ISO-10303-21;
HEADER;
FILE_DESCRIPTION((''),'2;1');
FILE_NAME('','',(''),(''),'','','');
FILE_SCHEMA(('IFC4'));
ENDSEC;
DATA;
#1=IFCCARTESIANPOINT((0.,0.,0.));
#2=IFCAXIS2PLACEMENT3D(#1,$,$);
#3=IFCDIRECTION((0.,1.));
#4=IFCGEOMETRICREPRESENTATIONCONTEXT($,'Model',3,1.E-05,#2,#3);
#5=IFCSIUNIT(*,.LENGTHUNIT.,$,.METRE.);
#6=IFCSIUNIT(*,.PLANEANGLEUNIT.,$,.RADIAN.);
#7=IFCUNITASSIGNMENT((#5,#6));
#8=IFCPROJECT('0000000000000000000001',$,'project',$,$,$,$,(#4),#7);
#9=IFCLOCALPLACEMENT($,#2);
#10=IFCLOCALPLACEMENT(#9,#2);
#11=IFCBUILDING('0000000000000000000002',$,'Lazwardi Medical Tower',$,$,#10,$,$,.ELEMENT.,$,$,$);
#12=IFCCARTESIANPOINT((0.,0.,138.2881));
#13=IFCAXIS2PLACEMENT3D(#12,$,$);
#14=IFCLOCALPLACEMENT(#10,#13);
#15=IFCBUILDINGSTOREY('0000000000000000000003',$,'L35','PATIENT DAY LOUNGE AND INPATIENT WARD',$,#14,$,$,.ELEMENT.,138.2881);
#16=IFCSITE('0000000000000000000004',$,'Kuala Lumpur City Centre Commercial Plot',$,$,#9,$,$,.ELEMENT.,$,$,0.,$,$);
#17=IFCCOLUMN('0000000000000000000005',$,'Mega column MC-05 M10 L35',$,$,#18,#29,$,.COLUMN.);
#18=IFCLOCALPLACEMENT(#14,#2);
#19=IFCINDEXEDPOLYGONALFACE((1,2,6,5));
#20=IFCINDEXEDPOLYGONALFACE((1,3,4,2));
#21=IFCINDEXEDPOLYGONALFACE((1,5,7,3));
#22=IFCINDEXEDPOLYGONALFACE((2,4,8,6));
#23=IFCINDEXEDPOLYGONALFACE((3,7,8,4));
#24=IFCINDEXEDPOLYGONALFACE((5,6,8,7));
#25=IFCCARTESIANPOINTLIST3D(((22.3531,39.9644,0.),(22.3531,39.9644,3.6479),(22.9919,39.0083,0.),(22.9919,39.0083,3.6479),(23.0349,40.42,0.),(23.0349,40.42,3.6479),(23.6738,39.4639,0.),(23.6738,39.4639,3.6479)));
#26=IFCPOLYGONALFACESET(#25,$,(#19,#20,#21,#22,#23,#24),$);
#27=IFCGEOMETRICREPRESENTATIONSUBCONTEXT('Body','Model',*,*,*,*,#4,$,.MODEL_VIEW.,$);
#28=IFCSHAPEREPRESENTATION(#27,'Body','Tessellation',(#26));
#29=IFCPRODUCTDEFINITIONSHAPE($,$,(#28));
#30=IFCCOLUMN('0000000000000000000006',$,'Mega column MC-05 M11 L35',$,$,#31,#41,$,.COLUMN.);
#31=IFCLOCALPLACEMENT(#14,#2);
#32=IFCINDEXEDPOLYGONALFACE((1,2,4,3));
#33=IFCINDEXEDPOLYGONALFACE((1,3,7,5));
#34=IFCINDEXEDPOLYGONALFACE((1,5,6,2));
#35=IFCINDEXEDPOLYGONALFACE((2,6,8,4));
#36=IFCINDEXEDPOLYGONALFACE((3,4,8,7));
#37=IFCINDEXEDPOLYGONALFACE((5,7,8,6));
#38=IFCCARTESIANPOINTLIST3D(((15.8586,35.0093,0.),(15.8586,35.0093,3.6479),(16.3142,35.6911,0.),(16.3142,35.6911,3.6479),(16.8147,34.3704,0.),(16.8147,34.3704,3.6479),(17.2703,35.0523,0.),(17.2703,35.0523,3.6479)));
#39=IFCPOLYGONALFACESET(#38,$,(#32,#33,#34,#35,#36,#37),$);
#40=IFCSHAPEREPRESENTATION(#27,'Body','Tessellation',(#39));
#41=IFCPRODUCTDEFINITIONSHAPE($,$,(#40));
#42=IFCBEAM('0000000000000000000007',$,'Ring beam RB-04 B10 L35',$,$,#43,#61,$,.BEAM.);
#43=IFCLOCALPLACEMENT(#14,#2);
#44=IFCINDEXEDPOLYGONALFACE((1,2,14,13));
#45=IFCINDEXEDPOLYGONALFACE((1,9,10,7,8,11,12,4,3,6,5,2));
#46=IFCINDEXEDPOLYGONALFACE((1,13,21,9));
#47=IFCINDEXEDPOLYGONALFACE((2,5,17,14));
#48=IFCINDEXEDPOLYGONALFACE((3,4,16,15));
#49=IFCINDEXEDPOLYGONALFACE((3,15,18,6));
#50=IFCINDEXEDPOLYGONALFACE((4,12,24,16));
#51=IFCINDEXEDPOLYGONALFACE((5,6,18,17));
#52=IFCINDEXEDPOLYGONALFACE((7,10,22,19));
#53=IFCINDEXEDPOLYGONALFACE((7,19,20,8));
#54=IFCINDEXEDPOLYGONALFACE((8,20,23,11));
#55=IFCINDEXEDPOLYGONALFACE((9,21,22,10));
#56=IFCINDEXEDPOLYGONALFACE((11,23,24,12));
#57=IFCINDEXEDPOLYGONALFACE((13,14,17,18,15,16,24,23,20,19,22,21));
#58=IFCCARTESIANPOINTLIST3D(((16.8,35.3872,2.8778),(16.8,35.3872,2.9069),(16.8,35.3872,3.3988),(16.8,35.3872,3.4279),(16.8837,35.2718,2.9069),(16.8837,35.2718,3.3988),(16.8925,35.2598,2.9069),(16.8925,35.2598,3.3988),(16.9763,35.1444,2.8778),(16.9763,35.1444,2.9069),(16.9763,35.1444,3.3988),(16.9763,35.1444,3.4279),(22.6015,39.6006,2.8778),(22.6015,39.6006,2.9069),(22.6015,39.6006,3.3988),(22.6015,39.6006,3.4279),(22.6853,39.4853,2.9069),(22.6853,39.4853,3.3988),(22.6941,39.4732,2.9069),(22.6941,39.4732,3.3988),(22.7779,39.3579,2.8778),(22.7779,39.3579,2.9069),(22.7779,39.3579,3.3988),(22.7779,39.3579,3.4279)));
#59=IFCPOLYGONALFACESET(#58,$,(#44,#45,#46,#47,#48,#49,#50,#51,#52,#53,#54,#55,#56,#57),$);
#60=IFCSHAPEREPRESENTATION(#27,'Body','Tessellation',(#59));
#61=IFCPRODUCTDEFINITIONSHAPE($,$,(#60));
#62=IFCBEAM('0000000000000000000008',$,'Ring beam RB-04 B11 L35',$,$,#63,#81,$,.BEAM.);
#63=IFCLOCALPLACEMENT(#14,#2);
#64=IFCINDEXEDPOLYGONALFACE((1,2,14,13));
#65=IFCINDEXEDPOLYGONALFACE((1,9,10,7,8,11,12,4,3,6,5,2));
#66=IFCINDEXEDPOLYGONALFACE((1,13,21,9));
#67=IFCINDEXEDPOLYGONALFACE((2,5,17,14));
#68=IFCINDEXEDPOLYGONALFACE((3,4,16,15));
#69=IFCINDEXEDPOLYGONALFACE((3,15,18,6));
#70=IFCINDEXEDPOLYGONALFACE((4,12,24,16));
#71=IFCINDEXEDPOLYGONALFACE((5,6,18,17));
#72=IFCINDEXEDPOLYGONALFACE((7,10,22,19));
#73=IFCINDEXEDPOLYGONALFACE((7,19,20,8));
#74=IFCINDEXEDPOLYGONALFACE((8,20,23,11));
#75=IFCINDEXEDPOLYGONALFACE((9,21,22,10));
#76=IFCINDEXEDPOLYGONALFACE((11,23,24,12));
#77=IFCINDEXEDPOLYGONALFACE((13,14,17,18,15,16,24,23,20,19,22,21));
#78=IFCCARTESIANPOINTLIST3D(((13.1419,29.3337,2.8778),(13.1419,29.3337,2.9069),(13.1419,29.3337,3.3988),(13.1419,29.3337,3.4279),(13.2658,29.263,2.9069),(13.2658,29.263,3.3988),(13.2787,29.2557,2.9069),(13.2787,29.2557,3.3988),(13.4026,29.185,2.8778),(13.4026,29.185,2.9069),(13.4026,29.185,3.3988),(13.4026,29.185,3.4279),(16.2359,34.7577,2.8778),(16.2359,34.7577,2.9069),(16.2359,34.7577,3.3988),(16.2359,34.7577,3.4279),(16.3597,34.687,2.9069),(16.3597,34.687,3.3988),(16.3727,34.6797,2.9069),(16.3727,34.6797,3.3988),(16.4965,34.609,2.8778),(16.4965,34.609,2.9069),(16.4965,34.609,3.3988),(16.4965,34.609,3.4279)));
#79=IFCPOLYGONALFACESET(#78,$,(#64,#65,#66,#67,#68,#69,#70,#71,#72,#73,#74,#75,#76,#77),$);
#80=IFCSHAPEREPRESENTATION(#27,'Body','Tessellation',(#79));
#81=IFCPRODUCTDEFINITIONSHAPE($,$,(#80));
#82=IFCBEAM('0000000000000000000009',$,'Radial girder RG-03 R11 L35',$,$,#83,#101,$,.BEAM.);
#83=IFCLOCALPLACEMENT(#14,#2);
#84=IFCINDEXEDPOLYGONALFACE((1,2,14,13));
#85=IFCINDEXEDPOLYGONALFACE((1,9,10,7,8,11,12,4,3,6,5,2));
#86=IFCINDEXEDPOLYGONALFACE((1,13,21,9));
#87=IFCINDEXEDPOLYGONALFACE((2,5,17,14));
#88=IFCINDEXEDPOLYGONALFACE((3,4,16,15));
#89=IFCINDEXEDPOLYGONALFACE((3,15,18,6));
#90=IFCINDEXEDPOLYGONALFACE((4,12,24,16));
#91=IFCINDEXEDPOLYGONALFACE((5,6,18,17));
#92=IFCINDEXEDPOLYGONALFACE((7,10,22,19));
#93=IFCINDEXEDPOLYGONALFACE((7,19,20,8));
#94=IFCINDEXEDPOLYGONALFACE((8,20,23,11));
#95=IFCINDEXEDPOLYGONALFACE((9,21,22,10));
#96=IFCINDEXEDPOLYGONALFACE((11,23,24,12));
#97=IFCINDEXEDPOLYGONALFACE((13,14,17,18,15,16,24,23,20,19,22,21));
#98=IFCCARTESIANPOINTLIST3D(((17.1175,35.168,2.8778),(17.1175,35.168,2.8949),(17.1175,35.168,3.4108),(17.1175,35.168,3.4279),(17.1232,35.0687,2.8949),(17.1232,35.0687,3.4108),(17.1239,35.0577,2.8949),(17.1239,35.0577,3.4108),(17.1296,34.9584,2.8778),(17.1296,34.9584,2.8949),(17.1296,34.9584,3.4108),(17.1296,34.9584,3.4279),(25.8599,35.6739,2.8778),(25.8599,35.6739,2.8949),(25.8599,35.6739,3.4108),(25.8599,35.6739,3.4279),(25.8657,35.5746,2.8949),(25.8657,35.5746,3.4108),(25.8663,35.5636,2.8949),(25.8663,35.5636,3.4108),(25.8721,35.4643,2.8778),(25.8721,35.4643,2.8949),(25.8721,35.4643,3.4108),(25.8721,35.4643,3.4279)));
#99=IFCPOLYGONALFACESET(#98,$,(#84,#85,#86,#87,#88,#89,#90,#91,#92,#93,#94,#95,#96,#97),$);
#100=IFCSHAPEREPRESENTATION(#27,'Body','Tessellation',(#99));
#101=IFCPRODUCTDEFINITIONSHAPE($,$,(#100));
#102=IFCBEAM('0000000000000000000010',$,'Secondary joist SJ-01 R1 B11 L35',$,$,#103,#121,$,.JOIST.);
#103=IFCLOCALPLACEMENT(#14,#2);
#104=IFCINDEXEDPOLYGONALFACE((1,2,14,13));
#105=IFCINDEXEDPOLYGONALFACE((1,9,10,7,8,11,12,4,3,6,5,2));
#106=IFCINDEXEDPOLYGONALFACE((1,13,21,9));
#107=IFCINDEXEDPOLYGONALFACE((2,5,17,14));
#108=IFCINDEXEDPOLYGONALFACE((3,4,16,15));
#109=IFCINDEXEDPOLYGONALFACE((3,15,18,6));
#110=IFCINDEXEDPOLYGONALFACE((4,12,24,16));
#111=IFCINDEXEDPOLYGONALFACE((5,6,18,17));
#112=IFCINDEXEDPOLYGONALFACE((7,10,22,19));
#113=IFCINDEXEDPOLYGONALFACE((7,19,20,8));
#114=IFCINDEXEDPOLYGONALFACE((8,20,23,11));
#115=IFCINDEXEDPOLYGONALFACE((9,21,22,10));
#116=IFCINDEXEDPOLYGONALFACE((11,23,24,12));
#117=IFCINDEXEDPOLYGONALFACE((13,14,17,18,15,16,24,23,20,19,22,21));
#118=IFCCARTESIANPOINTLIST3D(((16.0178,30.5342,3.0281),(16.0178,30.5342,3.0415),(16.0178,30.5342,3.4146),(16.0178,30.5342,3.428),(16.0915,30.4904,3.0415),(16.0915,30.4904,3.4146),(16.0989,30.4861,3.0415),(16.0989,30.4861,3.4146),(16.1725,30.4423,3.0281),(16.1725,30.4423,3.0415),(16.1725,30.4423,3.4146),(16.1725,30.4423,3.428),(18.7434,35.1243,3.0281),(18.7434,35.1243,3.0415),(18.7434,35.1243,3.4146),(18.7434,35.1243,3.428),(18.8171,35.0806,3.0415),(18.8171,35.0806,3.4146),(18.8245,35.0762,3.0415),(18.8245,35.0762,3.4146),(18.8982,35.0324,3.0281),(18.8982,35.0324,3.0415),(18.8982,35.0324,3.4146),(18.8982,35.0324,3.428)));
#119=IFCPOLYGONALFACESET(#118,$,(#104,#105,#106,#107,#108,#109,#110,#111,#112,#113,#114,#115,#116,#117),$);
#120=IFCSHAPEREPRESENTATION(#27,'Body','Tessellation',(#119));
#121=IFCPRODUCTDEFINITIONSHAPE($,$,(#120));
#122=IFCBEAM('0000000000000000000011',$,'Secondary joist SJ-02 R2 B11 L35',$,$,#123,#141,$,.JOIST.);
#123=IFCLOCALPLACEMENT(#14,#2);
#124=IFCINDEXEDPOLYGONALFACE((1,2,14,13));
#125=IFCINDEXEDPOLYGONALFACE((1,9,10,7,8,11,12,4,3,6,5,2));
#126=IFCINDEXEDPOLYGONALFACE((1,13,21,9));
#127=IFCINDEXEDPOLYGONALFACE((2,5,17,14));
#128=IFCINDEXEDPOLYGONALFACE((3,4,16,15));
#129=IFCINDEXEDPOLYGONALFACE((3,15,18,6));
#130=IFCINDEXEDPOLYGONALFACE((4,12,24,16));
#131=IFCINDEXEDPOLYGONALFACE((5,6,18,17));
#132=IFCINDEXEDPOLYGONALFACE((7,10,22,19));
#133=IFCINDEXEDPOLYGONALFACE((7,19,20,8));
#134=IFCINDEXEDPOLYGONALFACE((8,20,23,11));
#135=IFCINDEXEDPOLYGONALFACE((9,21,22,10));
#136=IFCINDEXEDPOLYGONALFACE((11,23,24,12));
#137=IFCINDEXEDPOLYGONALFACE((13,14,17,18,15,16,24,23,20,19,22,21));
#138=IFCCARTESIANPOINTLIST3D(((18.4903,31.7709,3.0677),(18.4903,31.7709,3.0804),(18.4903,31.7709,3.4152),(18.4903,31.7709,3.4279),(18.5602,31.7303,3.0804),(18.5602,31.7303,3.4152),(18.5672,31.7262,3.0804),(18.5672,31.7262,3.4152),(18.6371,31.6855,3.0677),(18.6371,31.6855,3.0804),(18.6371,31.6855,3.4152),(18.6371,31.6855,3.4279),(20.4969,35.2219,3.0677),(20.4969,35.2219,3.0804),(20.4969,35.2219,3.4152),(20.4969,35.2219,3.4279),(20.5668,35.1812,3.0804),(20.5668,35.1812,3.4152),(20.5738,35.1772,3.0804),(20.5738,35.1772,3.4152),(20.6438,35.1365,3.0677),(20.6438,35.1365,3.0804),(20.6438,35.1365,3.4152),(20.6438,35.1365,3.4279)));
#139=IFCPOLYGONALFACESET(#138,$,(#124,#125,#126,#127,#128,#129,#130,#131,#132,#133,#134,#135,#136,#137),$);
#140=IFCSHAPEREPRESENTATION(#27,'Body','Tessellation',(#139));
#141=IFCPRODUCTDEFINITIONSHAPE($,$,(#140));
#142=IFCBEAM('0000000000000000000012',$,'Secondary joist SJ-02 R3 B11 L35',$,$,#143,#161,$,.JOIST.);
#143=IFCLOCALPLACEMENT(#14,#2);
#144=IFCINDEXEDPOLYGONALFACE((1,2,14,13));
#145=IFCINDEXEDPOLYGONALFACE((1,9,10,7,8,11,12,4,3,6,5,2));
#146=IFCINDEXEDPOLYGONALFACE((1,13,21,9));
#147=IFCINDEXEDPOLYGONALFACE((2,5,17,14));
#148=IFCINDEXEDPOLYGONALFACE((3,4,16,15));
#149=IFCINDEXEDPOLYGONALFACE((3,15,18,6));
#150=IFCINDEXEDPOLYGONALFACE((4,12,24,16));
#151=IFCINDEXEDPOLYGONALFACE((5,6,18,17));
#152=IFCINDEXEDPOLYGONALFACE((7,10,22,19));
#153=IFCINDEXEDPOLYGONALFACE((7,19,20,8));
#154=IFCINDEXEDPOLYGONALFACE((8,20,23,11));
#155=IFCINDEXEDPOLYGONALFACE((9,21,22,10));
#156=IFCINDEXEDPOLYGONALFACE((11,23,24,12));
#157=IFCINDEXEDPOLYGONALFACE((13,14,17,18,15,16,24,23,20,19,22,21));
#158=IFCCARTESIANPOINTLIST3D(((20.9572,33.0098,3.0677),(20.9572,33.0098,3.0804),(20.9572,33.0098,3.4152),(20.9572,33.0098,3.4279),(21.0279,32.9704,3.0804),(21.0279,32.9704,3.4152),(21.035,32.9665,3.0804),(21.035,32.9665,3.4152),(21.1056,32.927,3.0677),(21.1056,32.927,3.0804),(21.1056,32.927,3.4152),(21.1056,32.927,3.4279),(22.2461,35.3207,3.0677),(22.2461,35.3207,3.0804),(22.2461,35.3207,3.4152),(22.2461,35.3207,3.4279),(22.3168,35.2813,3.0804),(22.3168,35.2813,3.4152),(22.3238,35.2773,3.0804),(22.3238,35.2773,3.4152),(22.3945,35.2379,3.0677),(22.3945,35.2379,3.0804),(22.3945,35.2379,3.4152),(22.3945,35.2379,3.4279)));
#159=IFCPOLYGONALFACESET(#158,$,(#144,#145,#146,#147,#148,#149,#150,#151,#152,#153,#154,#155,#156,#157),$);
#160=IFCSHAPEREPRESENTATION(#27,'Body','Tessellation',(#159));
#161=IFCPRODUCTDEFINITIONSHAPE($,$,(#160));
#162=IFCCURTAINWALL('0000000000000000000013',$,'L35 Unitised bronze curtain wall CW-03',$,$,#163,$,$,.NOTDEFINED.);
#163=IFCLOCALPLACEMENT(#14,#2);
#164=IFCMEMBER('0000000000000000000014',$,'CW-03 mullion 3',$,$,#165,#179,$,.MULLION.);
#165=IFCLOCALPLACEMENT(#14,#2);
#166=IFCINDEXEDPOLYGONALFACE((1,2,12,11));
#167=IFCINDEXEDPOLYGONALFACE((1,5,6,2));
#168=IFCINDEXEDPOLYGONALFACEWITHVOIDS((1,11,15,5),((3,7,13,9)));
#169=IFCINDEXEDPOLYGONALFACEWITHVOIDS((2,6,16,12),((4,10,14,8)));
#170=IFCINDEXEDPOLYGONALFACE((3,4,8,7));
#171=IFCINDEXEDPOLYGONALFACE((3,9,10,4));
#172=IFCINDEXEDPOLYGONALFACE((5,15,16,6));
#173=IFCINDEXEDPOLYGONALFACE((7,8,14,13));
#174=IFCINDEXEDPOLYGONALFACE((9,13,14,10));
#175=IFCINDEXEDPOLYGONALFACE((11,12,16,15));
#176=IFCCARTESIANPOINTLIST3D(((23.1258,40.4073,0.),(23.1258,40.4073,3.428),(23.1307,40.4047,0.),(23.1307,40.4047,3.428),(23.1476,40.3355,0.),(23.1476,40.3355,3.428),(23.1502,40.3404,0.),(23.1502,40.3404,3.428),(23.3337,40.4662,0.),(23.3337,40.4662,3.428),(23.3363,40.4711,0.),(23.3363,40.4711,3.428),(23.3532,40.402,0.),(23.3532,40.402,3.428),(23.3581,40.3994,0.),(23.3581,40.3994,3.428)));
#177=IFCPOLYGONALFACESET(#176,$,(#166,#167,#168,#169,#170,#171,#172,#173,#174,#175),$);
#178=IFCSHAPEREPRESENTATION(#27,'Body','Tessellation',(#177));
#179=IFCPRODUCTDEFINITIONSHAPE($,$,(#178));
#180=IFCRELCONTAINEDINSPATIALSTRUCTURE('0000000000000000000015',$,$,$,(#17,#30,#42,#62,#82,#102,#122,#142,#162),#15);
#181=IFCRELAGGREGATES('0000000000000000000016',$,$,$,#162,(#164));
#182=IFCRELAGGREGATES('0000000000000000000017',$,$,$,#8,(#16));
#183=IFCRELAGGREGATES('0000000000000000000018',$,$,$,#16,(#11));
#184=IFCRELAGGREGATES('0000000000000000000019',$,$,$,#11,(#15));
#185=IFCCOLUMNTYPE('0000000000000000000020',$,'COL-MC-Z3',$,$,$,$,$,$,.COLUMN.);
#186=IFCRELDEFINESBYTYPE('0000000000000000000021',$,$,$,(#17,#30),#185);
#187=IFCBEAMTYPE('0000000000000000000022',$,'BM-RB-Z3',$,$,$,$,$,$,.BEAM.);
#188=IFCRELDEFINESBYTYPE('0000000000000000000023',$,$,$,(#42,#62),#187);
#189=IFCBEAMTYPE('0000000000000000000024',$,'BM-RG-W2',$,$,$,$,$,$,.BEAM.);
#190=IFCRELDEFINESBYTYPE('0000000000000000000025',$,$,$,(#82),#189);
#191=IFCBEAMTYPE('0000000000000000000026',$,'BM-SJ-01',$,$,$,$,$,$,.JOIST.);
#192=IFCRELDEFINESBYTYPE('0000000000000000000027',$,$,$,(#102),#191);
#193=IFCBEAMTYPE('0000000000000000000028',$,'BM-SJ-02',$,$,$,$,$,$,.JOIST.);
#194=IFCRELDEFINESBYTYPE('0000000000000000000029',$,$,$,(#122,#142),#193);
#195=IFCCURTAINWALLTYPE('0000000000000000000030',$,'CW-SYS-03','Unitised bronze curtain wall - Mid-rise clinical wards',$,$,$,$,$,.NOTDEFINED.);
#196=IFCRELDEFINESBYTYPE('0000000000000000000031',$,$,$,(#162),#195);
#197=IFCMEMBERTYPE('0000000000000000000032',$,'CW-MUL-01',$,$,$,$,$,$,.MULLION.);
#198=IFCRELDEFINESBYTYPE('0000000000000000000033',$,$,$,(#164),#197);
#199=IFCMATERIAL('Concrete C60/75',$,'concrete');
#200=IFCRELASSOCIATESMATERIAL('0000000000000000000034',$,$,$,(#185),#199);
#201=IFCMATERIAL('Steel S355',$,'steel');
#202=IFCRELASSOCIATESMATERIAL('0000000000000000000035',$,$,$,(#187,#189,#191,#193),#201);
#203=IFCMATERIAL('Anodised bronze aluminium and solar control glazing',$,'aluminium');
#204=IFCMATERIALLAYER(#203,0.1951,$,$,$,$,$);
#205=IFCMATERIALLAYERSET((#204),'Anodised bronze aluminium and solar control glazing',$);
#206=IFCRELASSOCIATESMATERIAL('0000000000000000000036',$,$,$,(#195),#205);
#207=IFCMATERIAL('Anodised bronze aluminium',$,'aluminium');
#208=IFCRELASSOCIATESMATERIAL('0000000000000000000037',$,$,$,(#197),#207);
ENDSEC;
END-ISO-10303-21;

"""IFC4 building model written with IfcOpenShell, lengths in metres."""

from ifc_helpers import new_model, si_unit, direction, frame, origin, origin_2d, place, context, subcontext, project, spatial, rectangle, hollow_rectangle, i_section, extrude, material, layer, layer_set, material_profile, profile_set, type_object, element, aggregate, save


model = new_model("IFC4")

# Units and contexts
model_context = context("Model", 3, precision=1e-05, world=origin(), true_north=direction((0.0, 1.0)))
body_context = subcontext(model_context, "Body", "Model", "MODEL_VIEW")
ifc_project = project(units=[si_unit("LENGTHUNIT", "METRE"), si_unit("PLANEANGLEUNIT", "RADIAN")], contexts=[model_context])

# Site, building, storey
site_placement = place(None, origin())
site = spatial("IfcSite", under=ifc_project, at=site_placement, Name="Kuala Lumpur City Centre Commercial Plot", CompositionType="ELEMENT", RefElevation=0.0)
building_placement = place(site_placement, origin())
building = spatial("IfcBuilding", under=site, at=building_placement, Name="Lazwardi Medical Tower", CompositionType="ELEMENT")
storey_placement = place(building_placement, frame((0.0, 0.0, 138.2881)))
storey = spatial("IfcBuildingStorey", under=building, at=storey_placement, Name="L35", Description="PATIENT DAY LOUNGE AND INPATIENT WARD", CompositionType="ELEMENT", Elevation=138.2881)

# Columns
ifc_material_1 = material(Name="Concrete C60/75", Category="concrete")
ifc_material_profile_1 = material_profile(ifc_material_1, rectangle(XDim=1.1499, YDim=0.8201, at=origin_2d()), Name="CFT-RECT 1150x820")
ifc_profile_set_1 = profile_set([ifc_material_profile_1], Name="Concrete C60/75")
column_type = type_object("IfcColumnType", Name="COL-MC-Z3", PredefinedType="COLUMN", material=ifc_profile_set_1)
for number, where, z_axis, x_axis, name in (
    (1, (23.0134, 39.7141, 0.0), (0.0, 0.0, 1.0), (-0.55557, 0.83147, 0.0), "Mega column MC-05 M10 L35"),
    (2, (16.5645, 35.0308, 0.0), (0.0, 0.0, 1.0), (-0.83147, 0.55557, 0.0), "Mega column MC-05 M11 L35"),
):
    element("IfcColumn", number, at=place(storey_placement, frame(where, z_axis=z_axis, x_axis=x_axis)), inside=storey, type_object=column_type, Name=name, PredefinedType="COLUMN", context=body_context, shape_type="SweptSolid", body=[
        extrude(rectangle(XDim=1.1499, YDim=0.8201, at=origin_2d()), origin(), (0.0, 0.0, 1.0), 3.6479),
    ])

# Beams
ifc_material_2 = material(Name="Steel S355", Category="steel")
ifc_material_profile_2 = material_profile(ifc_material_2, i_section(OverallWidth=0.3, OverallDepth=0.55, WebThickness=0.0149, FlangeThickness=0.0291, at=origin_2d()), Name="HEB 550")
ifc_profile_set_2 = profile_set([ifc_material_profile_2], Name="Steel S355")
beam_type_1 = type_object("IfcBeamType", Name="BM-RB-Z3", PredefinedType="BEAM", material=ifc_profile_set_2)
beam_1_placement = place(storey_placement, frame((22.6897, 39.4792, 3.1528), z_axis=(-0.809128, -0.587633, 0.0), x_axis=(0.587633, -0.809128, 0.0)))
element("IfcBeam", 3, at=beam_1_placement, inside=storey, type_object=beam_type_1, Name="Ring beam RB-04 B10 L35", PredefinedType="BEAM", context=body_context, shape_type="SweptSolid", body=[
    extrude(i_section(OverallWidth=0.3, OverallDepth=0.55, WebThickness=0.0149, FlangeThickness=0.0291, at=origin_2d()), origin(), (0.0, 0.0, 1.0), 7.1702),
])
beam_2_placement = place(storey_placement, frame((16.3662, 34.6833, 3.1528), z_axis=(-0.495478, -0.868621, 0.0), x_axis=(0.868621, -0.495478, 0.0)))
element("IfcBeam", 4, at=beam_2_placement, inside=storey, type_object=beam_type_1, Name="Ring beam RB-04 B11 L35", PredefinedType="BEAM", context=body_context, shape_type="SweptSolid", body=[
    extrude(i_section(OverallWidth=0.3, OverallDepth=0.55, WebThickness=0.0149, FlangeThickness=0.0291, at=origin_2d()), origin(), (0.0, 0.0, 1.0), 6.2444),
])
ifc_material_profile_3 = material_profile(ifc_material_2, i_section(OverallWidth=0.21, OverallDepth=0.55, WebThickness=0.011, FlangeThickness=0.0171, at=origin_2d()), Name="IPE 550")
ifc_profile_set_3 = profile_set([ifc_material_profile_3], Name="Steel S355")
beam_type_2 = type_object("IfcBeamType", Name="BM-RG-W2", PredefinedType="BEAM", material=ifc_profile_set_3)
beam_3_placement = place(storey_placement, frame((17.1235, 35.0632, 3.1528), z_axis=(0.99833, 0.057766, 0.0), x_axis=(-0.057766, 0.99833, 0.0)))
element("IfcBeam", 5, at=beam_3_placement, inside=storey, type_object=beam_type_2, Name="Radial girder RG-03 R11 L35", PredefinedType="BEAM", context=body_context, shape_type="SweptSolid", body=[
    extrude(i_section(OverallWidth=0.21, OverallDepth=0.55, WebThickness=0.011, FlangeThickness=0.0171, at=origin_2d()), origin(), (0.0, 0.0, 1.0), 8.7571),
])
ifc_material_profile_4 = material_profile(ifc_material_2, i_section(OverallWidth=0.1799, OverallDepth=0.3999, WebThickness=0.0085, FlangeThickness=0.0134, at=origin_2d()), Name="IPE 400")
ifc_profile_set_4 = profile_set([ifc_material_profile_4], Name="Steel S355")
beam_type_3 = type_object("IfcBeamType", Name="BM-SJ-01", PredefinedType="JOIST", material=ifc_profile_set_4)
beam_4_placement = place(storey_placement, frame((18.8208, 35.0784, 3.228), z_axis=(-0.510569, -0.859837, 0.0), x_axis=(0.859837, -0.510569, 0.0)))
element("IfcBeam", 6, at=beam_4_placement, inside=storey, type_object=beam_type_3, Name="Secondary joist SJ-01 R1 B11 L35", PredefinedType="JOIST", context=body_context, shape_type="SweptSolid", body=[
    extrude(i_section(OverallWidth=0.1799, OverallDepth=0.3999, WebThickness=0.0085, FlangeThickness=0.0134, at=origin_2d()), origin(), (0.0, 0.0, 1.0), 5.3384),
])
ifc_material_profile_5 = material_profile(ifc_material_2, i_section(OverallWidth=0.1699, OverallDepth=0.3601, WebThickness=0.0081, FlangeThickness=0.0127, at=origin_2d()), Name="IPE 360")
ifc_profile_set_5 = profile_set([ifc_material_profile_5], Name="Steel S355")
beam_type_4 = type_object("IfcBeamType", Name="BM-SJ-02", PredefinedType="JOIST", material=ifc_profile_set_5)
beam_5_placement = place(storey_placement, frame((20.5703, 35.1792, 3.2478), z_axis=(-0.502665, -0.864481, 0.0), x_axis=(0.864481, -0.502665, 0.0)))
element("IfcBeam", 7, at=beam_5_placement, inside=storey, type_object=beam_type_4, Name="Secondary joist SJ-02 R2 B11 L35", PredefinedType="JOIST", context=body_context, shape_type="SweptSolid", body=[
    extrude(i_section(OverallWidth=0.1699, OverallDepth=0.3601, WebThickness=0.0081, FlangeThickness=0.0127, at=origin_2d()), origin(), (0.0, 0.0, 1.0), 3.9919),
])
beam_6_placement = place(storey_placement, frame((22.3203, 35.2793, 3.2478), z_axis=(-0.487099, -0.873347, 0.0), x_axis=(0.873347, -0.487099, 0.0)))
element("IfcBeam", 8, at=beam_6_placement, inside=storey, type_object=beam_type_4, Name="Secondary joist SJ-02 R3 B11 L35", PredefinedType="JOIST", context=body_context, shape_type="SweptSolid", body=[
    extrude(i_section(OverallWidth=0.1699, OverallDepth=0.3601, WebThickness=0.0081, FlangeThickness=0.0127, at=origin_2d()), origin(), (0.0, 0.0, 1.0), 2.646),
])

# Curtain wall, member
ifc_material_3 = material(Name="Anodised bronze aluminium and solar control glazing", Category="aluminium")
ifc_layer_1 = layer(ifc_material_3, 0.1951)
ifc_layer_set_1 = layer_set([ifc_layer_1], Name="Anodised bronze aluminium and solar control glazing")
curtain_wall_type = type_object("IfcCurtainWallType", Name="CW-SYS-03", Description="Unitised bronze curtain wall - Mid-rise clinical wards", PredefinedType="NOTDEFINED", material=ifc_layer_set_1)
curtain_wall_1_placement = place(storey_placement, origin())
curtain_wall_1 = element("IfcCurtainWall", 9, at=curtain_wall_1_placement, inside=storey, type_object=curtain_wall_type, Name="L35 Unitised bronze curtain wall CW-03", PredefinedType="NOTDEFINED")
ifc_material_4 = material(Name="Anodised bronze aluminium", Category="aluminium")
ifc_material_profile_6 = material_profile(ifc_material_4, hollow_rectangle(XDim=0.075, YDim=0.22, WallThickness=0.0039, at=origin_2d()), Name="ALU-MULLION 220x75x4")
ifc_profile_set_6 = profile_set([ifc_material_profile_6], Name="Anodised bronze aluminium")
member_type_1 = type_object("IfcMemberType", Name="CW-MUL-01", PredefinedType="MULLION", material=ifc_profile_set_6)
member_1_placement = place(storey_placement, frame((23.2419, 40.4033, 0.0), z_axis=(0.0, 0.0, 1.0), x_axis=(0.290281, -0.956942, 0.0)))
member_1 = element("IfcMember", 10, at=member_1_placement, type_object=member_type_1, Name="CW-03 mullion 3", PredefinedType="MULLION", context=body_context, shape_type="SweptSolid", body=[
    extrude(hollow_rectangle(XDim=0.075, YDim=0.22, WallThickness=0.0039, at=origin_2d()), origin(), (0.0, 0.0, 1.0), 3.428),
])
aggregate(curtain_wall_1, [member_1])

save(model, "model.ifc")
